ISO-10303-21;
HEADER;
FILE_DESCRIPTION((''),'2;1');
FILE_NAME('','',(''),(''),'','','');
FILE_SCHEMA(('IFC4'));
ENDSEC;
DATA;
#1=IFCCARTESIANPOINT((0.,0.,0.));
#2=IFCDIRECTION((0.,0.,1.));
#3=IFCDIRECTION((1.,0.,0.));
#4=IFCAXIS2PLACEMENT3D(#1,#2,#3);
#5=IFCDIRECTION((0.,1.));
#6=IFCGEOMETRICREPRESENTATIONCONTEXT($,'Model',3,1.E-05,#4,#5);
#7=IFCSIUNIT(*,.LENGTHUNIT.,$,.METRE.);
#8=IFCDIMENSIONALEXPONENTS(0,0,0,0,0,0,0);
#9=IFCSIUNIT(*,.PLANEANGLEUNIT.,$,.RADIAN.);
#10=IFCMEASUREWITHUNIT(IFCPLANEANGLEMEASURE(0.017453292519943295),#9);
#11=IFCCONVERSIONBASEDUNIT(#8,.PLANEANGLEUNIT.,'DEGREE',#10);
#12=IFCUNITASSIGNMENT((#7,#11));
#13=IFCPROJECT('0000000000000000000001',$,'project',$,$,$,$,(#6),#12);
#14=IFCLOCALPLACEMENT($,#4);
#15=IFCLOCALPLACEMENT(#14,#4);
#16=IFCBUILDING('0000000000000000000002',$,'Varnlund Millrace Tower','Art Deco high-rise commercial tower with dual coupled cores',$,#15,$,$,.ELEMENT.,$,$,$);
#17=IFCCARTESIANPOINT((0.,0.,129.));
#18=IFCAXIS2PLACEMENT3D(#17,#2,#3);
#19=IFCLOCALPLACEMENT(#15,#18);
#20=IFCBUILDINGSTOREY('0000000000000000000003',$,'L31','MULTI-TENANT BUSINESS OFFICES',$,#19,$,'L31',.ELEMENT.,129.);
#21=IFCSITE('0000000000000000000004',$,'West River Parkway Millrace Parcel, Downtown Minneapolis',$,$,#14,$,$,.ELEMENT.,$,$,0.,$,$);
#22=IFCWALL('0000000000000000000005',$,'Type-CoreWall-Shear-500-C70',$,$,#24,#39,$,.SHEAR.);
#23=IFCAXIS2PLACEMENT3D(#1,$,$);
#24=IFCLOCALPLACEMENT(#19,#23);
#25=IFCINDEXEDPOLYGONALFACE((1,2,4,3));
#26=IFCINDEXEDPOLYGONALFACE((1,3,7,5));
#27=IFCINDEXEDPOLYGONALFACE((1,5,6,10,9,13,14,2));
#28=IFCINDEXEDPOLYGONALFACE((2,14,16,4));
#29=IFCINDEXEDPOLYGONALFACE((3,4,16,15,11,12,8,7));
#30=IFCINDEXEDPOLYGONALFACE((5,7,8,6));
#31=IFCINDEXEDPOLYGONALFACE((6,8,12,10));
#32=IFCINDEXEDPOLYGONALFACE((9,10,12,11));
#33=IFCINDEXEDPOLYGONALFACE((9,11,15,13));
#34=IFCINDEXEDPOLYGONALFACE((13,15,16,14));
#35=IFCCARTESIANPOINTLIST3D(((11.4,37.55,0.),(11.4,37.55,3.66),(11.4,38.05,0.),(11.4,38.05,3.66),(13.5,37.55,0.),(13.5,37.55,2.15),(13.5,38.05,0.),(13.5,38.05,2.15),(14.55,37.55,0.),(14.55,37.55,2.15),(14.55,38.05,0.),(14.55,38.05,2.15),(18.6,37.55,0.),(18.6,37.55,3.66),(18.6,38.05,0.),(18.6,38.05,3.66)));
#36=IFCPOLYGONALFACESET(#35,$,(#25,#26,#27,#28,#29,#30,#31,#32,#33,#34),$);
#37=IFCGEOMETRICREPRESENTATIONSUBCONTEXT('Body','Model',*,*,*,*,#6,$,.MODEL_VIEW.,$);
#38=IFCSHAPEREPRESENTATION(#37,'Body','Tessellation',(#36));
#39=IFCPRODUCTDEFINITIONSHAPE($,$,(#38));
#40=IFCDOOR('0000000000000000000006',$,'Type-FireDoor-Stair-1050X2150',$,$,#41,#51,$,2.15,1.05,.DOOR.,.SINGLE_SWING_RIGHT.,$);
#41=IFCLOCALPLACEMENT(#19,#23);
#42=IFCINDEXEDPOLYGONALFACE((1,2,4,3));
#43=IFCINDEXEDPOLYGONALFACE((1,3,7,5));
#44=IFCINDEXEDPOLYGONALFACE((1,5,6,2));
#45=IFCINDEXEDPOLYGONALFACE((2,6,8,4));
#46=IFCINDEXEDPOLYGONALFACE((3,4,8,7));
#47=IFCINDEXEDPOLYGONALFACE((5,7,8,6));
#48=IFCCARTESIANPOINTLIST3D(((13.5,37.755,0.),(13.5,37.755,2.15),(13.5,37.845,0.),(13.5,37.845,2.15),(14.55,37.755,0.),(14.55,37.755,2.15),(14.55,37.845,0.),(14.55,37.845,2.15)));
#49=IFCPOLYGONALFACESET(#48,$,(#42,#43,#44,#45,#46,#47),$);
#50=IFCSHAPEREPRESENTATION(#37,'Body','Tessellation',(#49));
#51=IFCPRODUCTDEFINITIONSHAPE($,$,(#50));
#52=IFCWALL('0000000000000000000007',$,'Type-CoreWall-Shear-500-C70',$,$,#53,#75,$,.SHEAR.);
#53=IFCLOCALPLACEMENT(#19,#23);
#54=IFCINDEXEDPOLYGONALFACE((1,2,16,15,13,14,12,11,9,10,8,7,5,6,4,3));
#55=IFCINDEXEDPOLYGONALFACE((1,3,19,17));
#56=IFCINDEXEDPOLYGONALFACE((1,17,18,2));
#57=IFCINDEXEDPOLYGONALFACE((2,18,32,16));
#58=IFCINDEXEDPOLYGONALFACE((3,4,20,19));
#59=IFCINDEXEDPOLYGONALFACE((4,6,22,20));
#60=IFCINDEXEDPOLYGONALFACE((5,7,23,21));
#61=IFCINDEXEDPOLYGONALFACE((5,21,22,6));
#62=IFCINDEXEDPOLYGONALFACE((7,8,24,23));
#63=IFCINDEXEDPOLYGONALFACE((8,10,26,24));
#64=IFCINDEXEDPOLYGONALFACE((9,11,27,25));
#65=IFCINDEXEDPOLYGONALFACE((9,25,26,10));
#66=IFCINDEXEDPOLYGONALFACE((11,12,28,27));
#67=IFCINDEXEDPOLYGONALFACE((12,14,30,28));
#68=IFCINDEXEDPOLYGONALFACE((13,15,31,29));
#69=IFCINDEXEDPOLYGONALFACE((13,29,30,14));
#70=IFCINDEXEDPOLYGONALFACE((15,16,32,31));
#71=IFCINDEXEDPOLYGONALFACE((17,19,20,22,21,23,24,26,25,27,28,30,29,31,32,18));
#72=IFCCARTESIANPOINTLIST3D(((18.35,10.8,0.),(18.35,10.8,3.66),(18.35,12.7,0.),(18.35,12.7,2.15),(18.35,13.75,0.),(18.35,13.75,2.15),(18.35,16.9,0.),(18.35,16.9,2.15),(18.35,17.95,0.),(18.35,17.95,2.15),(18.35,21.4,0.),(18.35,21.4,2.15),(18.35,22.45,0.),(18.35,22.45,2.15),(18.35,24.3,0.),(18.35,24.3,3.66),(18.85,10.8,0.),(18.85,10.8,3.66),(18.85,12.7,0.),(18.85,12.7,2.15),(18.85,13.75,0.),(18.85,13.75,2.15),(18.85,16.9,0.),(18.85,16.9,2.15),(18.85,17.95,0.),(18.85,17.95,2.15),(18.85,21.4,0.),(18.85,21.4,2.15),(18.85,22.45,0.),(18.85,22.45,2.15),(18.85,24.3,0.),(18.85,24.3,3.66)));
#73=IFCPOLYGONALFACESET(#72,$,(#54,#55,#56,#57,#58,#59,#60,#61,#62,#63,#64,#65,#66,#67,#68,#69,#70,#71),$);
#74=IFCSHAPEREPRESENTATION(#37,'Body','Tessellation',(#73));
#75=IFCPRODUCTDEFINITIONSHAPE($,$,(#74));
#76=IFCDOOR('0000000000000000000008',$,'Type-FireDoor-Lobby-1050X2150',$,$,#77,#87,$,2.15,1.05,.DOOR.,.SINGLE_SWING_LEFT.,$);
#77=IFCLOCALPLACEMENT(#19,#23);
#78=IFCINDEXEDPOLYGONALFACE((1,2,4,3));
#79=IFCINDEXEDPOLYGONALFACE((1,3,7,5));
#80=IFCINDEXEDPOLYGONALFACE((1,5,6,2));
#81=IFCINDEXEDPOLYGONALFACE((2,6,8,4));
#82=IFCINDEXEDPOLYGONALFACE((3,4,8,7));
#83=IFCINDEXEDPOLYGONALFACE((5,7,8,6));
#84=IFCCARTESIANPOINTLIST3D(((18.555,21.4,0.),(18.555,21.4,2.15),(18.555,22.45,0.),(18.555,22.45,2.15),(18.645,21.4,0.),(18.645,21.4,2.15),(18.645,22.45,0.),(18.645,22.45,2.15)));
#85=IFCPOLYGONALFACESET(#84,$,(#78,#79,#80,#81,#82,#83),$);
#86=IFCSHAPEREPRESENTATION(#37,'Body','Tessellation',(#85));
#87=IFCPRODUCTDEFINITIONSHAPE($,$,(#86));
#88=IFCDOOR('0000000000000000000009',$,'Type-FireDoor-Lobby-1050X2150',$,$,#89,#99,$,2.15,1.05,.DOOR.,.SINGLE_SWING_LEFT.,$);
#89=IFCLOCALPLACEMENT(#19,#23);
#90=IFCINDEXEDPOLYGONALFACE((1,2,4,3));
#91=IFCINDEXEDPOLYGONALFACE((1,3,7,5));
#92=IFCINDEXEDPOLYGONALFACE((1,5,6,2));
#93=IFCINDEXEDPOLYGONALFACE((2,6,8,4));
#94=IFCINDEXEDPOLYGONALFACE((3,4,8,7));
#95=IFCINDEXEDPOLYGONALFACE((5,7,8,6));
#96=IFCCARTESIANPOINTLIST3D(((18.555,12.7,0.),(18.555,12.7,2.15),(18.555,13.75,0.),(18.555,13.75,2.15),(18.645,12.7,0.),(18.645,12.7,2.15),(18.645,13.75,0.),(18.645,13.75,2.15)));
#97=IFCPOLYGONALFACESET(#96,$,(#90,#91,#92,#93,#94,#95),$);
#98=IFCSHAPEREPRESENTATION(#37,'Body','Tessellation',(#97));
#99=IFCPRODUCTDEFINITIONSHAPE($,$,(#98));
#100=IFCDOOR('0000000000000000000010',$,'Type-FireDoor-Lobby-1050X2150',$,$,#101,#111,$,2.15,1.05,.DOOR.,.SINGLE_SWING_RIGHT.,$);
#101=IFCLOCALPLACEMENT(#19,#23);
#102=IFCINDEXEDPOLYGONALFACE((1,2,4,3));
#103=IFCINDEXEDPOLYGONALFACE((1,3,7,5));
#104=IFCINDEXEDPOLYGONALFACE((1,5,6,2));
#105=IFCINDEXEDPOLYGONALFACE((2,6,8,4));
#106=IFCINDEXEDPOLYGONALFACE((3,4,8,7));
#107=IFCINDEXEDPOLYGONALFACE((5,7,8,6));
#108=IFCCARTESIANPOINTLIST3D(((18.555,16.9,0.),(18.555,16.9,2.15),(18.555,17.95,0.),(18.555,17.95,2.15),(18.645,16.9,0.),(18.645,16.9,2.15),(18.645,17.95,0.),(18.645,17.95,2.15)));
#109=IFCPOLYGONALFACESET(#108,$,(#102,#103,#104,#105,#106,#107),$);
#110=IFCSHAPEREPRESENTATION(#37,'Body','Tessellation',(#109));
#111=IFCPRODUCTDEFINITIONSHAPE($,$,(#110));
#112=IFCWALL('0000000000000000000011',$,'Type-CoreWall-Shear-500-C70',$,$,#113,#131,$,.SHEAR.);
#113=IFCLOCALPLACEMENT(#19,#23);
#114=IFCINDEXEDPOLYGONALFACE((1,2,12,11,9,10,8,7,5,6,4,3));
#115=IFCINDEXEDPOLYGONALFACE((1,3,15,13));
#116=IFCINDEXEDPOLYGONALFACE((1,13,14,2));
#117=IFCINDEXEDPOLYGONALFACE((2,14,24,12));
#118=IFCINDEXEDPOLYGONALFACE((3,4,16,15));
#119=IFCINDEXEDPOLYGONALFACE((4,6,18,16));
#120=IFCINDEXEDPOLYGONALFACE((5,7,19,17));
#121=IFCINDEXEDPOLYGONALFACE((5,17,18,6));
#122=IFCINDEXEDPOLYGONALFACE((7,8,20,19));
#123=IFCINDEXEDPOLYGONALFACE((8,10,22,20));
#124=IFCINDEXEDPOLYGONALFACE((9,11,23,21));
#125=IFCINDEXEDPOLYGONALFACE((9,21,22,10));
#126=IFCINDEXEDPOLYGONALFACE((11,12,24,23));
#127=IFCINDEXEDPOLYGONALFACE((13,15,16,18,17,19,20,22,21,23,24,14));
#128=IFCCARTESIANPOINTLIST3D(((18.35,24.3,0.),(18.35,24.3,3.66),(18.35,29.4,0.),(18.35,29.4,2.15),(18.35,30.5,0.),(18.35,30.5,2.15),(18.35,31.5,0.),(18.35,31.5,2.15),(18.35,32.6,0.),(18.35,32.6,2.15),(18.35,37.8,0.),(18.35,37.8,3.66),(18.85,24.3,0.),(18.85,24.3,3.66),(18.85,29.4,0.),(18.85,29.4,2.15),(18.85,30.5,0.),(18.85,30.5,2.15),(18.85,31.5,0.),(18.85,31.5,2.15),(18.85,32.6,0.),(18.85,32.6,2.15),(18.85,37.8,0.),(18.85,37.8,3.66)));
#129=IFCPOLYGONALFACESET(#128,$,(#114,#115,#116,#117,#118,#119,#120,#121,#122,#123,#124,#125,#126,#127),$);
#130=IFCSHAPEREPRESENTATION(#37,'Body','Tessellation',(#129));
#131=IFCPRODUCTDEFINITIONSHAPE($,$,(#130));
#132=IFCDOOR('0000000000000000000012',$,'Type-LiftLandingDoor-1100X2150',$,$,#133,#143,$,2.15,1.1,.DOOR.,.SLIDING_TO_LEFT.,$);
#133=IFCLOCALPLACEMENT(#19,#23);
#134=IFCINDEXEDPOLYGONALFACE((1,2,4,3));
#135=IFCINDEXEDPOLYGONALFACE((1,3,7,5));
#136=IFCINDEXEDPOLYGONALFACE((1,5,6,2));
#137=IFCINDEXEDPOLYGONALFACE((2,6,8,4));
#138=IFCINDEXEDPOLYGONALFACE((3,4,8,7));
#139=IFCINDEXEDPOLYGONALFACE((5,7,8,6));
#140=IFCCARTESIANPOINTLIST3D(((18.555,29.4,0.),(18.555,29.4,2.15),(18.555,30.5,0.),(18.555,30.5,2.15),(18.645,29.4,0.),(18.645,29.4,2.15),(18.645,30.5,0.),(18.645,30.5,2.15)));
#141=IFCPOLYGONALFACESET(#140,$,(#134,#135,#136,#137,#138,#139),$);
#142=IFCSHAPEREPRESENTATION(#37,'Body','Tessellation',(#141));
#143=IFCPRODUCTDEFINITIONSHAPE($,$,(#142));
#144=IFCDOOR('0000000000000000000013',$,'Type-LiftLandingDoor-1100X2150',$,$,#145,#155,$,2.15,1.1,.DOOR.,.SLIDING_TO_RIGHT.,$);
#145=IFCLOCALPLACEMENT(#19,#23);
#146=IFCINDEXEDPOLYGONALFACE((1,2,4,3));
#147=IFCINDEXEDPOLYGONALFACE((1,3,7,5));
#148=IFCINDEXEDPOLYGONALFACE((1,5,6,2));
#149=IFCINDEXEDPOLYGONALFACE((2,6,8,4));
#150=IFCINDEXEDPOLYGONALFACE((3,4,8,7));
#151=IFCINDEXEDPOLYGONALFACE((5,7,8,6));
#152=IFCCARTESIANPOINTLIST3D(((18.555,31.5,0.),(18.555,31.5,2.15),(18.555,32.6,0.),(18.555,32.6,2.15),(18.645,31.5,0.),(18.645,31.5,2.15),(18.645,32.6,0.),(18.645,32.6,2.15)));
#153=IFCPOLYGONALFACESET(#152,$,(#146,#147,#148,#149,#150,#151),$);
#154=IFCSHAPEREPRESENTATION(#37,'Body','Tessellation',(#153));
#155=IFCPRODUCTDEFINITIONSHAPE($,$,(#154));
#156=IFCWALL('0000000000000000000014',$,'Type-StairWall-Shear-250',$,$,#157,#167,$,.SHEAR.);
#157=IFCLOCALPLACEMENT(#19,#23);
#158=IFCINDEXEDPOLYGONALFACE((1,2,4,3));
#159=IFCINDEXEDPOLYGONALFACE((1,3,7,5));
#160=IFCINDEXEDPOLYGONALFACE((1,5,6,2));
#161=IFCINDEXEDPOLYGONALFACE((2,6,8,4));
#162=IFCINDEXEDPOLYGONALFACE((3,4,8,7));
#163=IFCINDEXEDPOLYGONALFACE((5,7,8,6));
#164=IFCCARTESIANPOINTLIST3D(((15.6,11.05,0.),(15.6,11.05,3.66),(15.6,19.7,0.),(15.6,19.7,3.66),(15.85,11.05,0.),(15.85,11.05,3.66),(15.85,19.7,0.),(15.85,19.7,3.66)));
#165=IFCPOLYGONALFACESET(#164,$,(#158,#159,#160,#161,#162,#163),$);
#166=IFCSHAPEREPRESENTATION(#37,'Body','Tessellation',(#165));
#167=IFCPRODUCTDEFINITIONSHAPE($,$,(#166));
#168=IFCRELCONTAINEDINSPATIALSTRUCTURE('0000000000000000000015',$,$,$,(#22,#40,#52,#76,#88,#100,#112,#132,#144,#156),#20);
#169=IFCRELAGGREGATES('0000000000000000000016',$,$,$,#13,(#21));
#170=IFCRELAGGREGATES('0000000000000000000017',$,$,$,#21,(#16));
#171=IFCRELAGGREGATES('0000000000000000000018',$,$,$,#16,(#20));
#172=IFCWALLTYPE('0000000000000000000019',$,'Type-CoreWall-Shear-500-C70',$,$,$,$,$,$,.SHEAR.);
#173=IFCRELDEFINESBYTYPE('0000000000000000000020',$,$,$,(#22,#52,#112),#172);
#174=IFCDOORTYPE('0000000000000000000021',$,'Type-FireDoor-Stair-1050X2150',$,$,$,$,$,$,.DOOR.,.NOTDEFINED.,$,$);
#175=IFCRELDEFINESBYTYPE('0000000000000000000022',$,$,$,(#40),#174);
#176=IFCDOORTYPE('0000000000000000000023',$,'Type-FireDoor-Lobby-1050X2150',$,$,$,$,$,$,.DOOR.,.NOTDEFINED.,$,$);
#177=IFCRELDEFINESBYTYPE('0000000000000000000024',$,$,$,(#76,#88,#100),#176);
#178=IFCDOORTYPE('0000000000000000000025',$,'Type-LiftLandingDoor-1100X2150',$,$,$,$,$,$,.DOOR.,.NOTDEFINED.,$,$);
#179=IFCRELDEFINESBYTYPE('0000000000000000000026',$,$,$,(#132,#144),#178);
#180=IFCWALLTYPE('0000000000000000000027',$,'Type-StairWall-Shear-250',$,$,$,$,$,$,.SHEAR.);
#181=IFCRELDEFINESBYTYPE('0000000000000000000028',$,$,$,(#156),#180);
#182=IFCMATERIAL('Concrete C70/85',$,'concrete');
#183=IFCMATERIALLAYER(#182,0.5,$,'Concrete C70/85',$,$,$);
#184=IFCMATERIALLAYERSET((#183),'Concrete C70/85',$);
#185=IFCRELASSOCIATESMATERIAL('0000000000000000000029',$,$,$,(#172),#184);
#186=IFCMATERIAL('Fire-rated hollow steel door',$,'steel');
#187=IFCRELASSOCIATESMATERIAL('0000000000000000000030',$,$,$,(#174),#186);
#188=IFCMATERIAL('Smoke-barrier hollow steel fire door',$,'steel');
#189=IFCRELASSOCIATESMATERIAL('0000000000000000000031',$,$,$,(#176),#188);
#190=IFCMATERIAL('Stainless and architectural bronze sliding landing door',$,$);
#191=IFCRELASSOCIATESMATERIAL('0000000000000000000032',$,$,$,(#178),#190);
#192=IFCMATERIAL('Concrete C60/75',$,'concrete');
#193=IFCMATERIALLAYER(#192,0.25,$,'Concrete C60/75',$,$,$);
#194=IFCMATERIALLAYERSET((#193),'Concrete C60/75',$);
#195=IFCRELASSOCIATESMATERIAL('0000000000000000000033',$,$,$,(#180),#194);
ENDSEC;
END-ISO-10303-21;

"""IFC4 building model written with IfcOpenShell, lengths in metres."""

from ifc_helpers import new_model, entity, si_unit, converted_unit, direction, frame, origin_with_axes, origin_2d_with_axis, place, context, subcontext, project, spatial, polyline, rectangle, outline, extrude, material, layer, layer_set, type_object, element, fill, save


model = new_model("IFC4")

# Units and contexts
model_context = context("Model", 3, precision=1e-05, world=origin_with_axes(), true_north=direction((0.0, 1.0)))
body_context = subcontext(model_context, "Body", "Model", "MODEL_VIEW")
ifc_project = project(units=[si_unit("LENGTHUNIT", "METRE"), converted_unit("PLANEANGLEUNIT", "DEGREE", entity("IfcPlaneAngleMeasure", 0.017453292519943295), si_unit("PLANEANGLEUNIT", "RADIAN"), dimensions=[0, 0, 0, 0, 0, 0, 0])], contexts=[model_context])

# Site, building, storey
site_placement = place(None, origin_with_axes())
site = spatial("IfcSite", under=ifc_project, at=site_placement, Name="West River Parkway Millrace Parcel, Downtown Minneapolis", CompositionType="ELEMENT", RefElevation=0.0)
building_placement = place(site_placement, origin_with_axes())
building = spatial("IfcBuilding", under=site, at=building_placement, Name="Varnlund Millrace Tower", Description="Art Deco high-rise commercial tower with dual coupled cores", CompositionType="ELEMENT")
storey_placement = place(building_placement, frame((0.0, 0.0, 129.0), z_axis=(0.0, 0.0, 1.0), x_axis=(1.0, 0.0, 0.0)))
storey = spatial("IfcBuildingStorey", under=building, at=storey_placement, Name="L31", Description="MULTI-TENANT BUSINESS OFFICES", LongName="L31", CompositionType="ELEMENT", Elevation=129.0)

# Shared definitions
ifc_material_1 = material(Name="Concrete C60/75", Category="concrete")

# Shared definitions
ifc_material_2 = material(Name="Concrete C70/85", Category="concrete")
ifc_layer_1 = layer(ifc_material_2, 0.5, Name="Concrete C70/85")
ifc_layer_set_1 = layer_set([ifc_layer_1], Name="Concrete C70/85")
wall_type_1 = type_object("IfcWallType", Name="Type-CoreWall-Shear-500-C70", PredefinedType="SHEAR", material=ifc_layer_set_1)

# Wall, opening, door
ifc_material_3 = material(Name="Fire-rated hollow steel door", Category="steel")
door_type_1 = type_object("IfcDoorType", Name="Type-FireDoor-Stair-1050X2150", OperationType="NOTDEFINED", PredefinedType="DOOR", material=ifc_material_3)
wall_1_placement = place(storey_placement, frame((11.4, 37.8, 0.0), z_axis=(0.0, 0.0, 1.0), x_axis=(1.0, 0.0, 0.0)))
wall_1 = element("IfcWall", 1, at=wall_1_placement, inside=storey, type_object=wall_type_1, Name="Type-CoreWall-Shear-500-C70", PredefinedType="SHEAR", context=body_context, shape_type="SweptSolid", body=[
    extrude(outline(polyline([(0.0, -0.25), (7.2, -0.25), (7.2, 0.25), (0.0, 0.25), (0.0, -0.25)])), origin_with_axes(), (0.0, 0.0, 1.0), 3.66),
])
opening_1_placement = place(wall_1_placement, frame((2.625, 0.0, 0.0), z_axis=(0.0, 0.0, 1.0), x_axis=(1.0, 0.0, 0.0)))
opening_1 = element("IfcOpeningElement", 2, at=opening_1_placement, cuts=wall_1, PredefinedType="OPENING", context=body_context, shape_type="SweptSolid", body=[
    extrude(rectangle(XDim=1.05, YDim=0.52, at=origin_2d_with_axis()), origin_with_axes(), (0.0, 0.0, 1.0), 2.15),
])
door_1_placement = place(wall_1_placement, frame((2.625, 0.0, 0.0), z_axis=(0.0, 0.0, 1.0), x_axis=(1.0, 0.0, 0.0)))
door_1 = element("IfcDoor", 3, at=door_1_placement, inside=storey, type_object=door_type_1, Name="Type-FireDoor-Stair-1050X2150", OperationType="SINGLE_SWING_RIGHT", OverallHeight=2.15, OverallWidth=1.05, PredefinedType="DOOR", context=body_context, shape_type="SweptSolid", body=[
    extrude(rectangle(XDim=1.05, YDim=0.09, at=origin_2d_with_axis()), origin_with_axes(), (0.0, 0.0, 1.0), 2.15),
])
fill(opening_1, door_1)

# Walls, openings, doors
wall_2_placement = place(storey_placement, frame((18.6, 10.8, 0.0), z_axis=(0.0, 0.0, 1.0), x_axis=(0.0, 1.0, 0.0)))
wall_2 = element("IfcWall", 4, at=wall_2_placement, inside=storey, type_object=wall_type_1, Name="Type-CoreWall-Shear-500-C70", PredefinedType="SHEAR", context=body_context, shape_type="SweptSolid", body=[
    extrude(outline(polyline([(0.0, -0.25), (13.5, -0.25), (13.5, 0.25), (0.0, 0.25), (0.0, -0.25)])), origin_with_axes(), (0.0, 0.0, 1.0), 3.66),
])
opening_2_placement = place(wall_2_placement, frame((11.125, 0.0, 0.0), z_axis=(0.0, 0.0, 1.0), x_axis=(1.0, 0.0, 0.0)))
opening_2 = element("IfcOpeningElement", 5, at=opening_2_placement, cuts=wall_2, PredefinedType="OPENING", context=body_context, shape_type="SweptSolid", body=[
    extrude(rectangle(XDim=1.05, YDim=0.52, at=origin_2d_with_axis()), origin_with_axes(), (0.0, 0.0, 1.0), 2.15),
])
opening_3_placement = place(wall_2_placement, frame((2.425, 0.0, 0.0), z_axis=(0.0, 0.0, 1.0), x_axis=(1.0, 0.0, 0.0)))
opening_3 = element("IfcOpeningElement", 6, at=opening_3_placement, cuts=wall_2, PredefinedType="OPENING", context=body_context, shape_type="SweptSolid", body=[
    extrude(rectangle(XDim=1.05, YDim=0.52, at=origin_2d_with_axis()), origin_with_axes(), (0.0, 0.0, 1.0), 2.15),
])
opening_4_placement = place(wall_2_placement, frame((6.625, 0.0, 0.0), z_axis=(0.0, 0.0, 1.0), x_axis=(1.0, 0.0, 0.0)))
opening_4 = element("IfcOpeningElement", 7, at=opening_4_placement, cuts=wall_2, PredefinedType="OPENING", context=body_context, shape_type="SweptSolid", body=[
    extrude(rectangle(XDim=1.05, YDim=0.52, at=origin_2d_with_axis()), origin_with_axes(), (0.0, 0.0, 1.0), 2.15),
])
ifc_material_4 = material(Name="Smoke-barrier hollow steel fire door", Category="steel")
door_type_2 = type_object("IfcDoorType", Name="Type-FireDoor-Lobby-1050X2150", OperationType="NOTDEFINED", PredefinedType="DOOR", material=ifc_material_4)
door_2_placement = place(wall_2_placement, frame((11.125, 0.0, 0.0), z_axis=(0.0, 0.0, 1.0), x_axis=(1.0, 0.0, 0.0)))
door_2 = element("IfcDoor", 8, at=door_2_placement, inside=storey, type_object=door_type_2, Name="Type-FireDoor-Lobby-1050X2150", OperationType="SINGLE_SWING_LEFT", OverallHeight=2.15, OverallWidth=1.05, PredefinedType="DOOR", context=body_context, shape_type="SweptSolid", body=[
    extrude(rectangle(XDim=1.05, YDim=0.09, at=origin_2d_with_axis()), origin_with_axes(), (0.0, 0.0, 1.0), 2.15),
])
fill(opening_2, door_2)
door_3_placement = place(wall_2_placement, frame((2.425, 0.0, 0.0), z_axis=(0.0, 0.0, 1.0), x_axis=(1.0, 0.0, 0.0)))
door_3 = element("IfcDoor", 9, at=door_3_placement, inside=storey, type_object=door_type_2, Name="Type-FireDoor-Lobby-1050X2150", OperationType="SINGLE_SWING_LEFT", OverallHeight=2.15, OverallWidth=1.05, PredefinedType="DOOR", context=body_context, shape_type="SweptSolid", body=[
    extrude(rectangle(XDim=1.05, YDim=0.09, at=origin_2d_with_axis()), origin_with_axes(), (0.0, 0.0, 1.0), 2.15),
])
fill(opening_3, door_3)
door_4_placement = place(wall_2_placement, frame((6.625, 0.0, 0.0), z_axis=(0.0, 0.0, 1.0), x_axis=(1.0, 0.0, 0.0)))
door_4 = element("IfcDoor", 10, at=door_4_placement, inside=storey, type_object=door_type_2, Name="Type-FireDoor-Lobby-1050X2150", OperationType="SINGLE_SWING_RIGHT", OverallHeight=2.15, OverallWidth=1.05, PredefinedType="DOOR", context=body_context, shape_type="SweptSolid", body=[
    extrude(rectangle(XDim=1.05, YDim=0.09, at=origin_2d_with_axis()), origin_with_axes(), (0.0, 0.0, 1.0), 2.15),
])
fill(opening_4, door_4)
wall_3_placement = place(storey_placement, frame((18.6, 24.3, 0.0), z_axis=(0.0, 0.0, 1.0), x_axis=(0.0, 1.0, 0.0)))
wall_3 = element("IfcWall", 11, at=wall_3_placement, inside=storey, type_object=wall_type_1, Name="Type-CoreWall-Shear-500-C70", PredefinedType="SHEAR", context=body_context, shape_type="SweptSolid", body=[
    extrude(outline(polyline([(0.0, -0.25), (13.5, -0.25), (13.5, 0.25), (0.0, 0.25), (0.0, -0.25)])), origin_with_axes(), (0.0, 0.0, 1.0), 3.66),
])
opening_5_placement = place(wall_3_placement, frame((5.65, 0.0, 0.0), z_axis=(0.0, 0.0, 1.0), x_axis=(1.0, 0.0, 0.0)))
opening_5 = element("IfcOpeningElement", 12, at=opening_5_placement, cuts=wall_3, PredefinedType="OPENING", context=body_context, shape_type="SweptSolid", body=[
    extrude(rectangle(XDim=1.1, YDim=0.52, at=origin_2d_with_axis()), origin_with_axes(), (0.0, 0.0, 1.0), 2.15),
])
opening_6_placement = place(wall_3_placement, frame((7.75, 0.0, 0.0), z_axis=(0.0, 0.0, 1.0), x_axis=(1.0, 0.0, 0.0)))
opening_6 = element("IfcOpeningElement", 13, at=opening_6_placement, cuts=wall_3, PredefinedType="OPENING", context=body_context, shape_type="SweptSolid", body=[
    extrude(rectangle(XDim=1.1, YDim=0.52, at=origin_2d_with_axis()), origin_with_axes(), (0.0, 0.0, 1.0), 2.15),
])
ifc_material_5 = material(Name="Stainless and architectural bronze sliding landing door")
door_type_3 = type_object("IfcDoorType", Name="Type-LiftLandingDoor-1100X2150", OperationType="NOTDEFINED", PredefinedType="DOOR", material=ifc_material_5)
door_5_placement = place(wall_3_placement, frame((5.65, 0.0, 0.0), z_axis=(0.0, 0.0, 1.0), x_axis=(1.0, 0.0, 0.0)))
door_5 = element("IfcDoor", 14, at=door_5_placement, inside=storey, type_object=door_type_3, Name="Type-LiftLandingDoor-1100X2150", OperationType="SLIDING_TO_LEFT", OverallHeight=2.15, OverallWidth=1.1, PredefinedType="DOOR", context=body_context, shape_type="SweptSolid", body=[
    extrude(rectangle(XDim=1.1, YDim=0.09, at=origin_2d_with_axis()), origin_with_axes(), (0.0, 0.0, 1.0), 2.15),
])
fill(opening_5, door_5)
door_6_placement = place(wall_3_placement, frame((7.75, 0.0, 0.0), z_axis=(0.0, 0.0, 1.0), x_axis=(1.0, 0.0, 0.0)))
door_6 = element("IfcDoor", 15, at=door_6_placement, inside=storey, type_object=door_type_3, Name="Type-LiftLandingDoor-1100X2150", OperationType="SLIDING_TO_RIGHT", OverallHeight=2.15, OverallWidth=1.1, PredefinedType="DOOR", context=body_context, shape_type="SweptSolid", body=[
    extrude(rectangle(XDim=1.1, YDim=0.09, at=origin_2d_with_axis()), origin_with_axes(), (0.0, 0.0, 1.0), 2.15),
])
fill(opening_6, door_6)

# Wall
ifc_layer_2 = layer(ifc_material_1, 0.25, Name="Concrete C60/75")
ifc_layer_set_2 = layer_set([ifc_layer_2], Name="Concrete C60/75")
wall_type_2 = type_object("IfcWallType", Name="Type-StairWall-Shear-250", PredefinedType="SHEAR", material=ifc_layer_set_2)
wall_4_placement = place(storey_placement, frame((15.725, 11.05, 0.0), z_axis=(0.0, 0.0, 1.0), x_axis=(0.0, 1.0, 0.0)))
element("IfcWall", 16, at=wall_4_placement, inside=storey, type_object=wall_type_2, Name="Type-StairWall-Shear-250", PredefinedType="SHEAR", context=body_context, shape_type="SweptSolid", body=[
    extrude(outline(polyline([(0.0, -0.125), (8.65, -0.125), (8.65, 0.125), (0.0, 0.125), (0.0, -0.125)])), origin_with_axes(), (0.0, 0.0, 1.0), 3.66),
])

save(model, "model.ifc")
